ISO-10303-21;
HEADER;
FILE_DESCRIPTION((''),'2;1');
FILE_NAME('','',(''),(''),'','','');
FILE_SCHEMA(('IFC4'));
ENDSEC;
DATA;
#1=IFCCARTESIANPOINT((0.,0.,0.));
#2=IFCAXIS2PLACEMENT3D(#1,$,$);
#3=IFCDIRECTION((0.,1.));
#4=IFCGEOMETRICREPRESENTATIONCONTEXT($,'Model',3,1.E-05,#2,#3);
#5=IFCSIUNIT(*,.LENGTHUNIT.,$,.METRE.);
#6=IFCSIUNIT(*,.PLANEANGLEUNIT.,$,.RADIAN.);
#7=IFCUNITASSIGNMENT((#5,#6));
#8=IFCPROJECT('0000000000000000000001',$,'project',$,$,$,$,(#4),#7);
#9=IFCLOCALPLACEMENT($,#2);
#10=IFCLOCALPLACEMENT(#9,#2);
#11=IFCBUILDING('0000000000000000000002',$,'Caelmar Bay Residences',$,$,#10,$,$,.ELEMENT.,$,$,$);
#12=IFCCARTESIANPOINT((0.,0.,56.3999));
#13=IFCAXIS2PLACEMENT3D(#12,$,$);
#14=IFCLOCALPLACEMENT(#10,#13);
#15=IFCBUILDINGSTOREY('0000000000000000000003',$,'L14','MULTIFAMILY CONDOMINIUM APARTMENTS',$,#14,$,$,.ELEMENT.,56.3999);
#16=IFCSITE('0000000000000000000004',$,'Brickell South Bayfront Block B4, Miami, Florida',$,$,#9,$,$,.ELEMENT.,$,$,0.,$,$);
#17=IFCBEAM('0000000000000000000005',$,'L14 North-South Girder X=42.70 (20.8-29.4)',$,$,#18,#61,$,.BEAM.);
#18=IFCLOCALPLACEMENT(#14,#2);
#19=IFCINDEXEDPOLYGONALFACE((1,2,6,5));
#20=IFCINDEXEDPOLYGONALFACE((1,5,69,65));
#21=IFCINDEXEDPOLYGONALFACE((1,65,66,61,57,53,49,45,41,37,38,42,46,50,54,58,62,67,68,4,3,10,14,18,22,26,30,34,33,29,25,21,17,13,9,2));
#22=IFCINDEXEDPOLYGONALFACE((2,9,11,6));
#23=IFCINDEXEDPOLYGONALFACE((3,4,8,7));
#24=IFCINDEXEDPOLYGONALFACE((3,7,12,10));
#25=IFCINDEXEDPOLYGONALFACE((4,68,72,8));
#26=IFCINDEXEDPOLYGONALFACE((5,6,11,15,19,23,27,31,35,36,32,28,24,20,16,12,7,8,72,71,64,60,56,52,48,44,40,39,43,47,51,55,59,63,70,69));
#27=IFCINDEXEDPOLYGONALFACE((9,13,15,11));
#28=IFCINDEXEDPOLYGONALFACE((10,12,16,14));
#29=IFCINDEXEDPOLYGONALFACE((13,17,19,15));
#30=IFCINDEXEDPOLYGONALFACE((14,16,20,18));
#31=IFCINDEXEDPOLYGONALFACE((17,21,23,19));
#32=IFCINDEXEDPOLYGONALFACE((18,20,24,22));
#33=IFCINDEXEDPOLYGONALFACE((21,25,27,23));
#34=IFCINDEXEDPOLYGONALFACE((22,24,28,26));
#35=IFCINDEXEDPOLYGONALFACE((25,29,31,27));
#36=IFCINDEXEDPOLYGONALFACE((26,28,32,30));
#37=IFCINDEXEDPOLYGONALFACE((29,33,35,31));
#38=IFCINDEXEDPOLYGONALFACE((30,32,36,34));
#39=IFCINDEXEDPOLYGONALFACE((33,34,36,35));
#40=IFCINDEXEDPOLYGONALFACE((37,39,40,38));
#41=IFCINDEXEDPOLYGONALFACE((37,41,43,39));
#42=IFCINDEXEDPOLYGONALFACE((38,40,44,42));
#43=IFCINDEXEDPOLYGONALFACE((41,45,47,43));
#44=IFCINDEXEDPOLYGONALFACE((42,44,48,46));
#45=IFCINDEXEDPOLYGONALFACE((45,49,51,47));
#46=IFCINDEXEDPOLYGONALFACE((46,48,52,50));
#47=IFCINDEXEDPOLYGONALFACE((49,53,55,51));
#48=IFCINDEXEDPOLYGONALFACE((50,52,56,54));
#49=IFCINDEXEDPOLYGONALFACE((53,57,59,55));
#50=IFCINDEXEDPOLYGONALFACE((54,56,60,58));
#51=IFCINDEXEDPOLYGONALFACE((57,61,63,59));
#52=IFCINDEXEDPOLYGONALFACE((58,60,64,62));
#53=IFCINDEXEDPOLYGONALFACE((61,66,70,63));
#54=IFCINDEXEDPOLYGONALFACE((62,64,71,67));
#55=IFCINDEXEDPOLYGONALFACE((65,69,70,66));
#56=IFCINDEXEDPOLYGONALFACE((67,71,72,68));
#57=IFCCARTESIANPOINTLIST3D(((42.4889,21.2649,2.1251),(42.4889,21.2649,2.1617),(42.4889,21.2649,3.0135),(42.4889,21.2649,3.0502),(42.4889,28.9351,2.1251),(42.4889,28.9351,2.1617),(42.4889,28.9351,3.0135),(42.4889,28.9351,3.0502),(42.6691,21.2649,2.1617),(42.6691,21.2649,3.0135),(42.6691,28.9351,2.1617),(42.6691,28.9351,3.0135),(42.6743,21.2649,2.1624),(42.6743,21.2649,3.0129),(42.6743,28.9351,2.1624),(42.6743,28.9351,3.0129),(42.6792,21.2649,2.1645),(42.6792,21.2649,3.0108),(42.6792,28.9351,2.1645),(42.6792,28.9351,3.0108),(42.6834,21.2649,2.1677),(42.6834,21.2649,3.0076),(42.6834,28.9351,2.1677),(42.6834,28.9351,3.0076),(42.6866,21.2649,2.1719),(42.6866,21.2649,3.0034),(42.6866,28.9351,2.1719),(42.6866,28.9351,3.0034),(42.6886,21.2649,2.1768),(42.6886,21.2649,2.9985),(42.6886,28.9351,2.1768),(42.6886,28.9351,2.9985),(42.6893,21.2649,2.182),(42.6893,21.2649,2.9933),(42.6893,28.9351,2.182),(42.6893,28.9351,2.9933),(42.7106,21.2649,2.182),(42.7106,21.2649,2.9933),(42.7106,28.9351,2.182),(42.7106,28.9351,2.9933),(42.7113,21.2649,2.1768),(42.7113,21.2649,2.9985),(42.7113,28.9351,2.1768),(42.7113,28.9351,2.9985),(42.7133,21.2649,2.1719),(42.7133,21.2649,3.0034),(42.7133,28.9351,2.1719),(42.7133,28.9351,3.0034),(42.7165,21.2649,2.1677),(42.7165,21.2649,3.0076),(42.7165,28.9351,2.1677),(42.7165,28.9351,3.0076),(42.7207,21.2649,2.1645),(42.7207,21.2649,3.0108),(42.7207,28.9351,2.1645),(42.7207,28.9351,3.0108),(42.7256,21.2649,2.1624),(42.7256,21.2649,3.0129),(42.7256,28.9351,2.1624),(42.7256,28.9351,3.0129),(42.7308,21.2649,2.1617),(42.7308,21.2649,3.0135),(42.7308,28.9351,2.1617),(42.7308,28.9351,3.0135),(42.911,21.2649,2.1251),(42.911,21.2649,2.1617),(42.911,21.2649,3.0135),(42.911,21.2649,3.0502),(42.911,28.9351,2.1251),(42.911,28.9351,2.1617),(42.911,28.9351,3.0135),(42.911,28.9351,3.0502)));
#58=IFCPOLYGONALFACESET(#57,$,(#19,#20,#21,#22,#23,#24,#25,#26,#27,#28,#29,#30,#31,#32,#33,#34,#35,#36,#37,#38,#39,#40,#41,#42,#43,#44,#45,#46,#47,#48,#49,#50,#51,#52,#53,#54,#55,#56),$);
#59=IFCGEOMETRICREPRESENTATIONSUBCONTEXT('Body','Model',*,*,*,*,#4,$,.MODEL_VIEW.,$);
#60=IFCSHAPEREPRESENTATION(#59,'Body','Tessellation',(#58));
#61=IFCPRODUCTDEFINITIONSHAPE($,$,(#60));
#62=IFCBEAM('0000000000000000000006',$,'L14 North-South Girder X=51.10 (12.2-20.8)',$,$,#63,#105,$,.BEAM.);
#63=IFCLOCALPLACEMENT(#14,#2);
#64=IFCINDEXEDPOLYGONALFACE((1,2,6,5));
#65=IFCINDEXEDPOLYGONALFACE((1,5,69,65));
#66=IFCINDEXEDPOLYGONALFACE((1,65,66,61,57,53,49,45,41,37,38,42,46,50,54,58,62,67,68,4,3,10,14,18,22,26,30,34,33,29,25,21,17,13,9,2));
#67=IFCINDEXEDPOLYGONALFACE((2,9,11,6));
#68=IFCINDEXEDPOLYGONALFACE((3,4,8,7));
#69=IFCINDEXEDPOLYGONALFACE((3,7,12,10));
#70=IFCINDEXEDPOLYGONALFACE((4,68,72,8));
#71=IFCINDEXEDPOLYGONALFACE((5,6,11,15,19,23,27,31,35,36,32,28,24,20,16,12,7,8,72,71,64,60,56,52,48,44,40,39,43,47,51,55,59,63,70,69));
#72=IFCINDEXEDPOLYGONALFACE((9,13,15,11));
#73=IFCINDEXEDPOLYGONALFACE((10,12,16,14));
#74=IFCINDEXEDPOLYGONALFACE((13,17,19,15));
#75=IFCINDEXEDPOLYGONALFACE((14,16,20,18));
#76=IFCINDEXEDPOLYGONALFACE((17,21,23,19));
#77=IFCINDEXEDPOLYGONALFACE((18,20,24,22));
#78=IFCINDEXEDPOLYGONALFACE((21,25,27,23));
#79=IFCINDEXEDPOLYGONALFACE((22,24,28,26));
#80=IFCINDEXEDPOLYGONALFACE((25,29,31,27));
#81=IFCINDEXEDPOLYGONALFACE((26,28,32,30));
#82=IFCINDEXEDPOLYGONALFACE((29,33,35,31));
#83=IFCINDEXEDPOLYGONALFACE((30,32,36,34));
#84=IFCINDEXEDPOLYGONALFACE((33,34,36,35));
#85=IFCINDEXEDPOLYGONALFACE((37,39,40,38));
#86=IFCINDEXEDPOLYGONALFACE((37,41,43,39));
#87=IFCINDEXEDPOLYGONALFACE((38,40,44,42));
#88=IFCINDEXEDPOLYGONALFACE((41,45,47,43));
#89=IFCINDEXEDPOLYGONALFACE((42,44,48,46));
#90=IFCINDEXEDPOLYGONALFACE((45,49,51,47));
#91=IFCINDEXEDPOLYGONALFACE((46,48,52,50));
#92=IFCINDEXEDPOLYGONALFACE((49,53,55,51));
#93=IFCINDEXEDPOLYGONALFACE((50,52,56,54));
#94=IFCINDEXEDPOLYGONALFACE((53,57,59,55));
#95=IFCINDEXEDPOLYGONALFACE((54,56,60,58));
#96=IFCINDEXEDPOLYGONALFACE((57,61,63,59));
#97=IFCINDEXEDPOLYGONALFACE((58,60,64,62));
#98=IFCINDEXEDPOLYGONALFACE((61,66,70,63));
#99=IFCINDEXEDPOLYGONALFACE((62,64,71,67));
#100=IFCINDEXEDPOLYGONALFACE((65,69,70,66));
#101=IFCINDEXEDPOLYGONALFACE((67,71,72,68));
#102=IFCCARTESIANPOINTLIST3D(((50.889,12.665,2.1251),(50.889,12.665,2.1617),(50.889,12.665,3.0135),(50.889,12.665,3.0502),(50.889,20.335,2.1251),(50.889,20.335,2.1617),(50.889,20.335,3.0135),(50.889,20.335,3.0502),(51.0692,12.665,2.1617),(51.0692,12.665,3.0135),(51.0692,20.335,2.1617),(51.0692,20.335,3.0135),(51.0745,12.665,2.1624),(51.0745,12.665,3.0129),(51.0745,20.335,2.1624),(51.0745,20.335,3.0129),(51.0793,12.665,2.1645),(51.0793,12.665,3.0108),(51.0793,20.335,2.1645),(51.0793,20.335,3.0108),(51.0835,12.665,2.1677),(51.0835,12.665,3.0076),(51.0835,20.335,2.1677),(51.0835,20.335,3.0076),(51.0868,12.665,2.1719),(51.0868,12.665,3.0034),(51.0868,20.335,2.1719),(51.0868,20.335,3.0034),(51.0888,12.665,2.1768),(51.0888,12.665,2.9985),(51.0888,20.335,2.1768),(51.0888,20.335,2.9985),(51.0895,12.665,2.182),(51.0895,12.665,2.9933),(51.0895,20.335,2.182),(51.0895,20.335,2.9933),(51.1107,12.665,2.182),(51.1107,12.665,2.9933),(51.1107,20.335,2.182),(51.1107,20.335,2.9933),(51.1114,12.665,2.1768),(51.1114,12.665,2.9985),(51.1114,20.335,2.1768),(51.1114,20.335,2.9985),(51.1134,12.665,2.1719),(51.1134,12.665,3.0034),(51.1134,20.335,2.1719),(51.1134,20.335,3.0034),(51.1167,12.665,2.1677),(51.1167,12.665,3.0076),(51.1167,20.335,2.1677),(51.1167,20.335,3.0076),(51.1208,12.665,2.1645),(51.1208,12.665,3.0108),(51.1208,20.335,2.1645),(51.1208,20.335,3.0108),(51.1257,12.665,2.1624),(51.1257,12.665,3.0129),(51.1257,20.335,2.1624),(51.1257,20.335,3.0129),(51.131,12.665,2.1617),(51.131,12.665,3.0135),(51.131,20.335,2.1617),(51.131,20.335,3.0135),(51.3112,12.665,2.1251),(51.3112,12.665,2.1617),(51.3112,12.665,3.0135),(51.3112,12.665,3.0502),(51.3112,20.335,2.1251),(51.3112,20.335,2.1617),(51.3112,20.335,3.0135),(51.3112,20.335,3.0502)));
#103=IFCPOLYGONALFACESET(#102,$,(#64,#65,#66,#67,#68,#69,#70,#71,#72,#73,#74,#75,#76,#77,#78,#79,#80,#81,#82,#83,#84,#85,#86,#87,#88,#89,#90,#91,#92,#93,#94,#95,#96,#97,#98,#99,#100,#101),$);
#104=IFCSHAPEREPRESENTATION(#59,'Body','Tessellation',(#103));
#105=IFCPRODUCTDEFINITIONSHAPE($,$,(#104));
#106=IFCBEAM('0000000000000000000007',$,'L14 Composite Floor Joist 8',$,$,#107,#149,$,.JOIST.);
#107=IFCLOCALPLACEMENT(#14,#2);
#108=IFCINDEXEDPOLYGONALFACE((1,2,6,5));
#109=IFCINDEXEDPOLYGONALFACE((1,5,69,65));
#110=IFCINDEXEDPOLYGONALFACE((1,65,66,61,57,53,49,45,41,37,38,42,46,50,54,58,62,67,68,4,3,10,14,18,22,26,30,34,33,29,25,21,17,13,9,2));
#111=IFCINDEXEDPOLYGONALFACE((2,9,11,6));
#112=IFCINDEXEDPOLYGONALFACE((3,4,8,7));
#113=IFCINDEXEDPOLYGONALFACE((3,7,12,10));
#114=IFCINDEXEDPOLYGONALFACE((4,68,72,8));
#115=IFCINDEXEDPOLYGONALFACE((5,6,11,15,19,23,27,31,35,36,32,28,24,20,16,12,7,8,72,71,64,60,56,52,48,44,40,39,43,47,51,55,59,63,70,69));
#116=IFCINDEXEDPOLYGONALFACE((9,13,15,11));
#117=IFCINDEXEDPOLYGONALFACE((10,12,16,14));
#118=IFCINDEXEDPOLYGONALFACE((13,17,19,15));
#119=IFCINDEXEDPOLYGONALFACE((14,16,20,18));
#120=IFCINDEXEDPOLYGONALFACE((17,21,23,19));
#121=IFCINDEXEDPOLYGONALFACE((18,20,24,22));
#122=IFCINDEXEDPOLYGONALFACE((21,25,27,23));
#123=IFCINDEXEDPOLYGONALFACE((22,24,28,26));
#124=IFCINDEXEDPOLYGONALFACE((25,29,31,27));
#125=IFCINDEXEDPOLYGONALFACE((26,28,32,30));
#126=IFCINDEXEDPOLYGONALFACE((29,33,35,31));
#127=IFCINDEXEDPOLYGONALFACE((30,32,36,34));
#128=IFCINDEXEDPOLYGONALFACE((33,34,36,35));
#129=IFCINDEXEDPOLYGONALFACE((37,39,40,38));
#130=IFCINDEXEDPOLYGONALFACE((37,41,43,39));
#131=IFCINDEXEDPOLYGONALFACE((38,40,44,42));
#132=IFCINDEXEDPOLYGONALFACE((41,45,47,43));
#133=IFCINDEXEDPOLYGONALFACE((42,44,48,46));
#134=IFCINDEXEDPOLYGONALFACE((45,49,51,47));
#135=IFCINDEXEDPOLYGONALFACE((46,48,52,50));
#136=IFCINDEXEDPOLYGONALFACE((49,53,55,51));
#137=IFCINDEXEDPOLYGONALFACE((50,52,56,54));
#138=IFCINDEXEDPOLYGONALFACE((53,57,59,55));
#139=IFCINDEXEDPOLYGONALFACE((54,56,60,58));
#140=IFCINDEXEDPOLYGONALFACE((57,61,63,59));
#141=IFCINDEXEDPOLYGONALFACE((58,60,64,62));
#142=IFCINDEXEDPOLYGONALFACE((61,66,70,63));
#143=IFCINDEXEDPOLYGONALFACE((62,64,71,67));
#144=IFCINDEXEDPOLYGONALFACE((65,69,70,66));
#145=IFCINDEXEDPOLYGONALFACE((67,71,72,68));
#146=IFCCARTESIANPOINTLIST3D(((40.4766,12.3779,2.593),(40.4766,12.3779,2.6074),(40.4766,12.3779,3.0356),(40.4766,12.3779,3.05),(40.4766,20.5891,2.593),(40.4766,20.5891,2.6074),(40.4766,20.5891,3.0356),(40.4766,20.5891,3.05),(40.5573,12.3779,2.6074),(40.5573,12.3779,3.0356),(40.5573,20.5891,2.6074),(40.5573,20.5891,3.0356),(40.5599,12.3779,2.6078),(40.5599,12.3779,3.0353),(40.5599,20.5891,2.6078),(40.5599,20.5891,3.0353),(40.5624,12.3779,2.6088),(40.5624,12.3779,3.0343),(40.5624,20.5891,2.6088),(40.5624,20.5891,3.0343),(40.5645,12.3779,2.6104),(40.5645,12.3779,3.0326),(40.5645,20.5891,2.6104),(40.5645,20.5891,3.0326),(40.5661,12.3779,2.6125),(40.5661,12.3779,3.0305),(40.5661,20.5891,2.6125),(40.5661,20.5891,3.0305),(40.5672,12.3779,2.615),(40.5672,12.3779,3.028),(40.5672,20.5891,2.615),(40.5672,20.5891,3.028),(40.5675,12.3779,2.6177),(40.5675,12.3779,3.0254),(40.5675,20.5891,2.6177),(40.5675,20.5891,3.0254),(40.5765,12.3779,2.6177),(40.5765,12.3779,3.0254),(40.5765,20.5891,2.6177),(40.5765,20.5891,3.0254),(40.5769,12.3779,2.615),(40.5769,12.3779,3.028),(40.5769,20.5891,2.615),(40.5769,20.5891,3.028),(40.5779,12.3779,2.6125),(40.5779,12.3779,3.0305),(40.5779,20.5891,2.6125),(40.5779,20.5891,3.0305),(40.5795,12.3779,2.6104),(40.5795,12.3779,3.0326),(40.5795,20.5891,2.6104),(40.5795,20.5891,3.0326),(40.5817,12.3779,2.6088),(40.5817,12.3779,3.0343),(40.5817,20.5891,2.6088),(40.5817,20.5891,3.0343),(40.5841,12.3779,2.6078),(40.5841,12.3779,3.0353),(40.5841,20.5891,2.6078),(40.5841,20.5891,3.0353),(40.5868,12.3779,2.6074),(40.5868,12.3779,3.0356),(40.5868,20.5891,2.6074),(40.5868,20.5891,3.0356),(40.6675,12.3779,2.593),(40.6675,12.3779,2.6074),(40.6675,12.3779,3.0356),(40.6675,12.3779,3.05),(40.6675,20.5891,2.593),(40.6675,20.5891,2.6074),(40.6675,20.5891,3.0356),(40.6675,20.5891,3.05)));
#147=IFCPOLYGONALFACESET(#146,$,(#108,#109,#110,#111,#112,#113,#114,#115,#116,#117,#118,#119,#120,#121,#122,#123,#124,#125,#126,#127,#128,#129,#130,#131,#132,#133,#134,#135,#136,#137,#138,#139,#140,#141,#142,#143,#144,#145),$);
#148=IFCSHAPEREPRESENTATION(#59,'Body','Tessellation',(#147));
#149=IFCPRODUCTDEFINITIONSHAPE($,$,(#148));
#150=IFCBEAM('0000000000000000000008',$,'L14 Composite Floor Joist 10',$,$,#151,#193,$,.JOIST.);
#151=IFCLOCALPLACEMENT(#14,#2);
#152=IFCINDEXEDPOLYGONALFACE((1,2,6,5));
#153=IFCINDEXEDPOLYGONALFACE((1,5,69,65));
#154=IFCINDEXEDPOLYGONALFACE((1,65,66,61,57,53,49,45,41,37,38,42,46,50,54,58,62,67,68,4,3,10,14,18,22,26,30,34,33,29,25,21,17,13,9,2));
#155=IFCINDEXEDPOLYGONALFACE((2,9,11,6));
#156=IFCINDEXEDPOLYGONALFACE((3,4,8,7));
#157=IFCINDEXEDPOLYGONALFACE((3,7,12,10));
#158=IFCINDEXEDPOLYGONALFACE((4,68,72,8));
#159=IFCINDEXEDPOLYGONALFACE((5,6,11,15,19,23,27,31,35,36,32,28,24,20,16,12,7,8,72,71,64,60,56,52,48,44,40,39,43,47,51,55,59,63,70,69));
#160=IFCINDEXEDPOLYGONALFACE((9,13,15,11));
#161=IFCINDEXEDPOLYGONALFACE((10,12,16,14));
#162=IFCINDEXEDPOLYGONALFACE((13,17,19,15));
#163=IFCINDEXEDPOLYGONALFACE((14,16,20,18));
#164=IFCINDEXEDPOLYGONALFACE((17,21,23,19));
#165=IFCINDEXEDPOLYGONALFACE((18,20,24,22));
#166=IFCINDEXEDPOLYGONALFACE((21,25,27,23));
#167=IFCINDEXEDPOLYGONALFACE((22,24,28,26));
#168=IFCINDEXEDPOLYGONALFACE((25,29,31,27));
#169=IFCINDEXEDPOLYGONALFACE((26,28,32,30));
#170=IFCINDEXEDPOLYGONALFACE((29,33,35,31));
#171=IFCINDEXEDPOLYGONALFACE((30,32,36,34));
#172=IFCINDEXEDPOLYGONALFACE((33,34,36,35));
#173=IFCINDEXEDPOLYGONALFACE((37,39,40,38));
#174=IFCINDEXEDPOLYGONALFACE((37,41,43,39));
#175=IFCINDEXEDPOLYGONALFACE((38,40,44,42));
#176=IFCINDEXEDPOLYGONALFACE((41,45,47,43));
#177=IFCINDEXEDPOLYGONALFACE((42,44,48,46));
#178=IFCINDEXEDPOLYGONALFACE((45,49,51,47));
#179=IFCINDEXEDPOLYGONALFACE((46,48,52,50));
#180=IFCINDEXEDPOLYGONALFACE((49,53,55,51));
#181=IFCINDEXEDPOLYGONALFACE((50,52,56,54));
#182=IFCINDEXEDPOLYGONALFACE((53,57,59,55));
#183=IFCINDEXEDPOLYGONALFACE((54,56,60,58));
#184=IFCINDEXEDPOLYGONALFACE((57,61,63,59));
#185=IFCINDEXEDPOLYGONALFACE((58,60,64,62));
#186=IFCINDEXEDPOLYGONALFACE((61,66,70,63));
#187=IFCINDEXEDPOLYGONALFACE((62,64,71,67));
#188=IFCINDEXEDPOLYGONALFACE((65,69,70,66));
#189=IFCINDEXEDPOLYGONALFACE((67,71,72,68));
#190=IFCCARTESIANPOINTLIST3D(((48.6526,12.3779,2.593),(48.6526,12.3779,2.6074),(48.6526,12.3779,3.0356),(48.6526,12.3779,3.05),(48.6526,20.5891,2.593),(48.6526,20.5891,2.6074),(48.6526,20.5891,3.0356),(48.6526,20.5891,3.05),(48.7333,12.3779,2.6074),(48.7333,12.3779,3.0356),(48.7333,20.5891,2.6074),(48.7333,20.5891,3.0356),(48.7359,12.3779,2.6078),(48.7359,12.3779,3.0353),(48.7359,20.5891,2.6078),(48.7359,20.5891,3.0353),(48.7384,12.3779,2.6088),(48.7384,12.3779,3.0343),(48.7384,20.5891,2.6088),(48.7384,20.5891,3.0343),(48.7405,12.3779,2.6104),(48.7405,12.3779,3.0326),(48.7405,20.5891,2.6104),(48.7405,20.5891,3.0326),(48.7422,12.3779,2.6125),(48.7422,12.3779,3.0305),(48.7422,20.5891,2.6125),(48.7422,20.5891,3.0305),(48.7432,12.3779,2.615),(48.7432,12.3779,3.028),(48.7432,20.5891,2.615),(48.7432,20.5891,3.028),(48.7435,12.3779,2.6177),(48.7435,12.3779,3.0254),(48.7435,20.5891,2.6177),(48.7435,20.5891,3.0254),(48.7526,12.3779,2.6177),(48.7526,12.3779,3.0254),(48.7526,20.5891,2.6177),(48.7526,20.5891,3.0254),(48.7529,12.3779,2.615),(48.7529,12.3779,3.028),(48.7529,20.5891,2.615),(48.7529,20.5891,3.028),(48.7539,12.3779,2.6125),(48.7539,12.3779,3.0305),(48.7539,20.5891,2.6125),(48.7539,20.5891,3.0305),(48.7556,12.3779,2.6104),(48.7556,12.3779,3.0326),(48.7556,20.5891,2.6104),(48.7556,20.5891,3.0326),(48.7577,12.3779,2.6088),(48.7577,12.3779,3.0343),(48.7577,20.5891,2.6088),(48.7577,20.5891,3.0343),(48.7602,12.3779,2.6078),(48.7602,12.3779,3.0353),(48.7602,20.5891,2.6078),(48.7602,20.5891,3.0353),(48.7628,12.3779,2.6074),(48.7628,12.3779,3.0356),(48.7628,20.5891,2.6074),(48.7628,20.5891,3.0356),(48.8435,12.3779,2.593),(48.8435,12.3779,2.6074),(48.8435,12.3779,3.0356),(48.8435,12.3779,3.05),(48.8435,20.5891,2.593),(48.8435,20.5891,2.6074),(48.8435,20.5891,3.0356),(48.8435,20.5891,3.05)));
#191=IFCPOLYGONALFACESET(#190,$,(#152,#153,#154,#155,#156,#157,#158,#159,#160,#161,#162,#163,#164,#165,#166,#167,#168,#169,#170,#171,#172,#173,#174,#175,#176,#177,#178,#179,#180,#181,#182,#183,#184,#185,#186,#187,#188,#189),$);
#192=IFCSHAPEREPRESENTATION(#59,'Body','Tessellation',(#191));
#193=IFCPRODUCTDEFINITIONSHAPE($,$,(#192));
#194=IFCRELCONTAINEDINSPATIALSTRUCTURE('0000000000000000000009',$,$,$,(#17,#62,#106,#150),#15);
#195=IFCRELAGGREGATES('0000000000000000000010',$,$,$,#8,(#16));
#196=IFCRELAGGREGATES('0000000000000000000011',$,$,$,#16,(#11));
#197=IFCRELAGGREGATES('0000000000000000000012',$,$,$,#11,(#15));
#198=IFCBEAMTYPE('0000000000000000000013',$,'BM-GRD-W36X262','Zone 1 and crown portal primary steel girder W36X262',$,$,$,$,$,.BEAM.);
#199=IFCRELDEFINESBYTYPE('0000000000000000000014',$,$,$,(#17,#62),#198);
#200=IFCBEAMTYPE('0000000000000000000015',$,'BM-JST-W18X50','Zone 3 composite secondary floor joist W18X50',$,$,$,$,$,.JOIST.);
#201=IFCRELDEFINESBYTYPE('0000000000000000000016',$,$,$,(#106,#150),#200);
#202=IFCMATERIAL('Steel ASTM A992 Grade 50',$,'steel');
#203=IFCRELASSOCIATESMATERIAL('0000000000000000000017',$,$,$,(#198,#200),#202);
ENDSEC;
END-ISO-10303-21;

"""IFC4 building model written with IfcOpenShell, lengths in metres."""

from ifc_helpers import new_model, si_unit, direction, frame, origin, origin_2d, place, context, subcontext, project, spatial, i_section, extrude, material, material_profile, profile_set, type_object, element, save


model = new_model("IFC4")

# Units and contexts
model_context = context("Model", 3, precision=1e-05, world=origin(), true_north=direction((0.0, 1.0)))
body_context = subcontext(model_context, "Body", "Model", "MODEL_VIEW")
ifc_project = project(units=[si_unit("LENGTHUNIT", "METRE"), si_unit("PLANEANGLEUNIT", "RADIAN")], contexts=[model_context])

# Site, building, storey
site_placement = place(None, origin())
site = spatial("IfcSite", under=ifc_project, at=site_placement, Name="Brickell South Bayfront Block B4, Miami, Florida", CompositionType="ELEMENT", RefElevation=0.0)
building_placement = place(site_placement, origin())
building = spatial("IfcBuilding", under=site, at=building_placement, Name="Caelmar Bay Residences", CompositionType="ELEMENT")
storey_placement = place(building_placement, frame((0.0, 0.0, 56.3999)))
storey = spatial("IfcBuildingStorey", under=building, at=storey_placement, Name="L14", Description="MULTIFAMILY CONDOMINIUM APARTMENTS", CompositionType="ELEMENT", Elevation=56.3999)

# Beams
ifc_material_1 = material(Name="Steel ASTM A992 Grade 50", Category="steel")
ifc_material_profile_1 = material_profile(ifc_material_1, i_section(OverallWidth=0.4221, OverallDepth=0.925, WebThickness=0.0212, FlangeThickness=0.0366, FilletRadius=0.0203, at=origin_2d()), Name="W36X262")
ifc_profile_set_1 = profile_set([ifc_material_profile_1], Name="Steel ASTM A992 Grade 50")
beam_type_1 = type_object("IfcBeamType", Name="BM-GRD-W36X262", Description="Zone 1 and crown portal primary steel girder W36X262", PredefinedType="BEAM", material=ifc_profile_set_1)
beam_1_placement = place(storey_placement, frame((42.7, 21.2649, 2.5876), z_axis=(0.0, 1.0, 0.0), x_axis=(-1.0, 0.0, 0.0)))
element("IfcBeam", 1, at=beam_1_placement, inside=storey, type_object=beam_type_1, Name="L14 North-South Girder X=42.70 (20.8-29.4)", PredefinedType="BEAM", context=body_context, shape_type="SweptSolid", body=[
    extrude(i_section(OverallWidth=0.4221, OverallDepth=0.925, WebThickness=0.0212, FlangeThickness=0.0366, FilletRadius=0.0203, at=origin_2d()), origin(), (0.0, 0.0, 1.0), 7.6702),
])
beam_2_placement = place(storey_placement, frame((51.1001, 12.665, 2.5876), z_axis=(0.0, 1.0, 0.0), x_axis=(-1.0, 0.0, 0.0)))
element("IfcBeam", 2, at=beam_2_placement, inside=storey, type_object=beam_type_1, Name="L14 North-South Girder X=51.10 (12.2-20.8)", PredefinedType="BEAM", context=body_context, shape_type="SweptSolid", body=[
    extrude(i_section(OverallWidth=0.4221, OverallDepth=0.925, WebThickness=0.0212, FlangeThickness=0.0366, FilletRadius=0.0203, at=origin_2d()), origin(), (0.0, 0.0, 1.0), 7.6699),
])
ifc_material_profile_2 = material_profile(ifc_material_1, i_section(OverallWidth=0.1909, OverallDepth=0.457, WebThickness=0.009, FlangeThickness=0.0144, FilletRadius=0.0103, at=origin_2d()), Name="W18X50")
ifc_profile_set_2 = profile_set([ifc_material_profile_2], Name="Steel ASTM A992 Grade 50")
beam_type_2 = type_object("IfcBeamType", Name="BM-JST-W18X50", Description="Zone 3 composite secondary floor joist W18X50", PredefinedType="JOIST", material=ifc_profile_set_2)
for number, where, z_axis, x_axis, name in (
    (3, (40.572, 12.3779, 2.8215), (0.0, 1.0, 0.0), (-1.0, 0.0, 0.0), "L14 Composite Floor Joist 8"),
    (4, (48.748, 12.3779, 2.8215), (0.0, 1.0, 0.0), (-1.0, 0.0, 0.0), "L14 Composite Floor Joist 10"),
):
    element("IfcBeam", number, at=place(storey_placement, frame(where, z_axis=z_axis, x_axis=x_axis)), inside=storey, type_object=beam_type_2, Name=name, PredefinedType="JOIST", context=body_context, shape_type="SweptSolid", body=[
        extrude(i_section(OverallWidth=0.1909, OverallDepth=0.457, WebThickness=0.009, FlangeThickness=0.0144, FilletRadius=0.0103, at=origin_2d()), origin(), (0.0, 0.0, 1.0), 8.2112),
    ])

save(model, "model.ifc")
